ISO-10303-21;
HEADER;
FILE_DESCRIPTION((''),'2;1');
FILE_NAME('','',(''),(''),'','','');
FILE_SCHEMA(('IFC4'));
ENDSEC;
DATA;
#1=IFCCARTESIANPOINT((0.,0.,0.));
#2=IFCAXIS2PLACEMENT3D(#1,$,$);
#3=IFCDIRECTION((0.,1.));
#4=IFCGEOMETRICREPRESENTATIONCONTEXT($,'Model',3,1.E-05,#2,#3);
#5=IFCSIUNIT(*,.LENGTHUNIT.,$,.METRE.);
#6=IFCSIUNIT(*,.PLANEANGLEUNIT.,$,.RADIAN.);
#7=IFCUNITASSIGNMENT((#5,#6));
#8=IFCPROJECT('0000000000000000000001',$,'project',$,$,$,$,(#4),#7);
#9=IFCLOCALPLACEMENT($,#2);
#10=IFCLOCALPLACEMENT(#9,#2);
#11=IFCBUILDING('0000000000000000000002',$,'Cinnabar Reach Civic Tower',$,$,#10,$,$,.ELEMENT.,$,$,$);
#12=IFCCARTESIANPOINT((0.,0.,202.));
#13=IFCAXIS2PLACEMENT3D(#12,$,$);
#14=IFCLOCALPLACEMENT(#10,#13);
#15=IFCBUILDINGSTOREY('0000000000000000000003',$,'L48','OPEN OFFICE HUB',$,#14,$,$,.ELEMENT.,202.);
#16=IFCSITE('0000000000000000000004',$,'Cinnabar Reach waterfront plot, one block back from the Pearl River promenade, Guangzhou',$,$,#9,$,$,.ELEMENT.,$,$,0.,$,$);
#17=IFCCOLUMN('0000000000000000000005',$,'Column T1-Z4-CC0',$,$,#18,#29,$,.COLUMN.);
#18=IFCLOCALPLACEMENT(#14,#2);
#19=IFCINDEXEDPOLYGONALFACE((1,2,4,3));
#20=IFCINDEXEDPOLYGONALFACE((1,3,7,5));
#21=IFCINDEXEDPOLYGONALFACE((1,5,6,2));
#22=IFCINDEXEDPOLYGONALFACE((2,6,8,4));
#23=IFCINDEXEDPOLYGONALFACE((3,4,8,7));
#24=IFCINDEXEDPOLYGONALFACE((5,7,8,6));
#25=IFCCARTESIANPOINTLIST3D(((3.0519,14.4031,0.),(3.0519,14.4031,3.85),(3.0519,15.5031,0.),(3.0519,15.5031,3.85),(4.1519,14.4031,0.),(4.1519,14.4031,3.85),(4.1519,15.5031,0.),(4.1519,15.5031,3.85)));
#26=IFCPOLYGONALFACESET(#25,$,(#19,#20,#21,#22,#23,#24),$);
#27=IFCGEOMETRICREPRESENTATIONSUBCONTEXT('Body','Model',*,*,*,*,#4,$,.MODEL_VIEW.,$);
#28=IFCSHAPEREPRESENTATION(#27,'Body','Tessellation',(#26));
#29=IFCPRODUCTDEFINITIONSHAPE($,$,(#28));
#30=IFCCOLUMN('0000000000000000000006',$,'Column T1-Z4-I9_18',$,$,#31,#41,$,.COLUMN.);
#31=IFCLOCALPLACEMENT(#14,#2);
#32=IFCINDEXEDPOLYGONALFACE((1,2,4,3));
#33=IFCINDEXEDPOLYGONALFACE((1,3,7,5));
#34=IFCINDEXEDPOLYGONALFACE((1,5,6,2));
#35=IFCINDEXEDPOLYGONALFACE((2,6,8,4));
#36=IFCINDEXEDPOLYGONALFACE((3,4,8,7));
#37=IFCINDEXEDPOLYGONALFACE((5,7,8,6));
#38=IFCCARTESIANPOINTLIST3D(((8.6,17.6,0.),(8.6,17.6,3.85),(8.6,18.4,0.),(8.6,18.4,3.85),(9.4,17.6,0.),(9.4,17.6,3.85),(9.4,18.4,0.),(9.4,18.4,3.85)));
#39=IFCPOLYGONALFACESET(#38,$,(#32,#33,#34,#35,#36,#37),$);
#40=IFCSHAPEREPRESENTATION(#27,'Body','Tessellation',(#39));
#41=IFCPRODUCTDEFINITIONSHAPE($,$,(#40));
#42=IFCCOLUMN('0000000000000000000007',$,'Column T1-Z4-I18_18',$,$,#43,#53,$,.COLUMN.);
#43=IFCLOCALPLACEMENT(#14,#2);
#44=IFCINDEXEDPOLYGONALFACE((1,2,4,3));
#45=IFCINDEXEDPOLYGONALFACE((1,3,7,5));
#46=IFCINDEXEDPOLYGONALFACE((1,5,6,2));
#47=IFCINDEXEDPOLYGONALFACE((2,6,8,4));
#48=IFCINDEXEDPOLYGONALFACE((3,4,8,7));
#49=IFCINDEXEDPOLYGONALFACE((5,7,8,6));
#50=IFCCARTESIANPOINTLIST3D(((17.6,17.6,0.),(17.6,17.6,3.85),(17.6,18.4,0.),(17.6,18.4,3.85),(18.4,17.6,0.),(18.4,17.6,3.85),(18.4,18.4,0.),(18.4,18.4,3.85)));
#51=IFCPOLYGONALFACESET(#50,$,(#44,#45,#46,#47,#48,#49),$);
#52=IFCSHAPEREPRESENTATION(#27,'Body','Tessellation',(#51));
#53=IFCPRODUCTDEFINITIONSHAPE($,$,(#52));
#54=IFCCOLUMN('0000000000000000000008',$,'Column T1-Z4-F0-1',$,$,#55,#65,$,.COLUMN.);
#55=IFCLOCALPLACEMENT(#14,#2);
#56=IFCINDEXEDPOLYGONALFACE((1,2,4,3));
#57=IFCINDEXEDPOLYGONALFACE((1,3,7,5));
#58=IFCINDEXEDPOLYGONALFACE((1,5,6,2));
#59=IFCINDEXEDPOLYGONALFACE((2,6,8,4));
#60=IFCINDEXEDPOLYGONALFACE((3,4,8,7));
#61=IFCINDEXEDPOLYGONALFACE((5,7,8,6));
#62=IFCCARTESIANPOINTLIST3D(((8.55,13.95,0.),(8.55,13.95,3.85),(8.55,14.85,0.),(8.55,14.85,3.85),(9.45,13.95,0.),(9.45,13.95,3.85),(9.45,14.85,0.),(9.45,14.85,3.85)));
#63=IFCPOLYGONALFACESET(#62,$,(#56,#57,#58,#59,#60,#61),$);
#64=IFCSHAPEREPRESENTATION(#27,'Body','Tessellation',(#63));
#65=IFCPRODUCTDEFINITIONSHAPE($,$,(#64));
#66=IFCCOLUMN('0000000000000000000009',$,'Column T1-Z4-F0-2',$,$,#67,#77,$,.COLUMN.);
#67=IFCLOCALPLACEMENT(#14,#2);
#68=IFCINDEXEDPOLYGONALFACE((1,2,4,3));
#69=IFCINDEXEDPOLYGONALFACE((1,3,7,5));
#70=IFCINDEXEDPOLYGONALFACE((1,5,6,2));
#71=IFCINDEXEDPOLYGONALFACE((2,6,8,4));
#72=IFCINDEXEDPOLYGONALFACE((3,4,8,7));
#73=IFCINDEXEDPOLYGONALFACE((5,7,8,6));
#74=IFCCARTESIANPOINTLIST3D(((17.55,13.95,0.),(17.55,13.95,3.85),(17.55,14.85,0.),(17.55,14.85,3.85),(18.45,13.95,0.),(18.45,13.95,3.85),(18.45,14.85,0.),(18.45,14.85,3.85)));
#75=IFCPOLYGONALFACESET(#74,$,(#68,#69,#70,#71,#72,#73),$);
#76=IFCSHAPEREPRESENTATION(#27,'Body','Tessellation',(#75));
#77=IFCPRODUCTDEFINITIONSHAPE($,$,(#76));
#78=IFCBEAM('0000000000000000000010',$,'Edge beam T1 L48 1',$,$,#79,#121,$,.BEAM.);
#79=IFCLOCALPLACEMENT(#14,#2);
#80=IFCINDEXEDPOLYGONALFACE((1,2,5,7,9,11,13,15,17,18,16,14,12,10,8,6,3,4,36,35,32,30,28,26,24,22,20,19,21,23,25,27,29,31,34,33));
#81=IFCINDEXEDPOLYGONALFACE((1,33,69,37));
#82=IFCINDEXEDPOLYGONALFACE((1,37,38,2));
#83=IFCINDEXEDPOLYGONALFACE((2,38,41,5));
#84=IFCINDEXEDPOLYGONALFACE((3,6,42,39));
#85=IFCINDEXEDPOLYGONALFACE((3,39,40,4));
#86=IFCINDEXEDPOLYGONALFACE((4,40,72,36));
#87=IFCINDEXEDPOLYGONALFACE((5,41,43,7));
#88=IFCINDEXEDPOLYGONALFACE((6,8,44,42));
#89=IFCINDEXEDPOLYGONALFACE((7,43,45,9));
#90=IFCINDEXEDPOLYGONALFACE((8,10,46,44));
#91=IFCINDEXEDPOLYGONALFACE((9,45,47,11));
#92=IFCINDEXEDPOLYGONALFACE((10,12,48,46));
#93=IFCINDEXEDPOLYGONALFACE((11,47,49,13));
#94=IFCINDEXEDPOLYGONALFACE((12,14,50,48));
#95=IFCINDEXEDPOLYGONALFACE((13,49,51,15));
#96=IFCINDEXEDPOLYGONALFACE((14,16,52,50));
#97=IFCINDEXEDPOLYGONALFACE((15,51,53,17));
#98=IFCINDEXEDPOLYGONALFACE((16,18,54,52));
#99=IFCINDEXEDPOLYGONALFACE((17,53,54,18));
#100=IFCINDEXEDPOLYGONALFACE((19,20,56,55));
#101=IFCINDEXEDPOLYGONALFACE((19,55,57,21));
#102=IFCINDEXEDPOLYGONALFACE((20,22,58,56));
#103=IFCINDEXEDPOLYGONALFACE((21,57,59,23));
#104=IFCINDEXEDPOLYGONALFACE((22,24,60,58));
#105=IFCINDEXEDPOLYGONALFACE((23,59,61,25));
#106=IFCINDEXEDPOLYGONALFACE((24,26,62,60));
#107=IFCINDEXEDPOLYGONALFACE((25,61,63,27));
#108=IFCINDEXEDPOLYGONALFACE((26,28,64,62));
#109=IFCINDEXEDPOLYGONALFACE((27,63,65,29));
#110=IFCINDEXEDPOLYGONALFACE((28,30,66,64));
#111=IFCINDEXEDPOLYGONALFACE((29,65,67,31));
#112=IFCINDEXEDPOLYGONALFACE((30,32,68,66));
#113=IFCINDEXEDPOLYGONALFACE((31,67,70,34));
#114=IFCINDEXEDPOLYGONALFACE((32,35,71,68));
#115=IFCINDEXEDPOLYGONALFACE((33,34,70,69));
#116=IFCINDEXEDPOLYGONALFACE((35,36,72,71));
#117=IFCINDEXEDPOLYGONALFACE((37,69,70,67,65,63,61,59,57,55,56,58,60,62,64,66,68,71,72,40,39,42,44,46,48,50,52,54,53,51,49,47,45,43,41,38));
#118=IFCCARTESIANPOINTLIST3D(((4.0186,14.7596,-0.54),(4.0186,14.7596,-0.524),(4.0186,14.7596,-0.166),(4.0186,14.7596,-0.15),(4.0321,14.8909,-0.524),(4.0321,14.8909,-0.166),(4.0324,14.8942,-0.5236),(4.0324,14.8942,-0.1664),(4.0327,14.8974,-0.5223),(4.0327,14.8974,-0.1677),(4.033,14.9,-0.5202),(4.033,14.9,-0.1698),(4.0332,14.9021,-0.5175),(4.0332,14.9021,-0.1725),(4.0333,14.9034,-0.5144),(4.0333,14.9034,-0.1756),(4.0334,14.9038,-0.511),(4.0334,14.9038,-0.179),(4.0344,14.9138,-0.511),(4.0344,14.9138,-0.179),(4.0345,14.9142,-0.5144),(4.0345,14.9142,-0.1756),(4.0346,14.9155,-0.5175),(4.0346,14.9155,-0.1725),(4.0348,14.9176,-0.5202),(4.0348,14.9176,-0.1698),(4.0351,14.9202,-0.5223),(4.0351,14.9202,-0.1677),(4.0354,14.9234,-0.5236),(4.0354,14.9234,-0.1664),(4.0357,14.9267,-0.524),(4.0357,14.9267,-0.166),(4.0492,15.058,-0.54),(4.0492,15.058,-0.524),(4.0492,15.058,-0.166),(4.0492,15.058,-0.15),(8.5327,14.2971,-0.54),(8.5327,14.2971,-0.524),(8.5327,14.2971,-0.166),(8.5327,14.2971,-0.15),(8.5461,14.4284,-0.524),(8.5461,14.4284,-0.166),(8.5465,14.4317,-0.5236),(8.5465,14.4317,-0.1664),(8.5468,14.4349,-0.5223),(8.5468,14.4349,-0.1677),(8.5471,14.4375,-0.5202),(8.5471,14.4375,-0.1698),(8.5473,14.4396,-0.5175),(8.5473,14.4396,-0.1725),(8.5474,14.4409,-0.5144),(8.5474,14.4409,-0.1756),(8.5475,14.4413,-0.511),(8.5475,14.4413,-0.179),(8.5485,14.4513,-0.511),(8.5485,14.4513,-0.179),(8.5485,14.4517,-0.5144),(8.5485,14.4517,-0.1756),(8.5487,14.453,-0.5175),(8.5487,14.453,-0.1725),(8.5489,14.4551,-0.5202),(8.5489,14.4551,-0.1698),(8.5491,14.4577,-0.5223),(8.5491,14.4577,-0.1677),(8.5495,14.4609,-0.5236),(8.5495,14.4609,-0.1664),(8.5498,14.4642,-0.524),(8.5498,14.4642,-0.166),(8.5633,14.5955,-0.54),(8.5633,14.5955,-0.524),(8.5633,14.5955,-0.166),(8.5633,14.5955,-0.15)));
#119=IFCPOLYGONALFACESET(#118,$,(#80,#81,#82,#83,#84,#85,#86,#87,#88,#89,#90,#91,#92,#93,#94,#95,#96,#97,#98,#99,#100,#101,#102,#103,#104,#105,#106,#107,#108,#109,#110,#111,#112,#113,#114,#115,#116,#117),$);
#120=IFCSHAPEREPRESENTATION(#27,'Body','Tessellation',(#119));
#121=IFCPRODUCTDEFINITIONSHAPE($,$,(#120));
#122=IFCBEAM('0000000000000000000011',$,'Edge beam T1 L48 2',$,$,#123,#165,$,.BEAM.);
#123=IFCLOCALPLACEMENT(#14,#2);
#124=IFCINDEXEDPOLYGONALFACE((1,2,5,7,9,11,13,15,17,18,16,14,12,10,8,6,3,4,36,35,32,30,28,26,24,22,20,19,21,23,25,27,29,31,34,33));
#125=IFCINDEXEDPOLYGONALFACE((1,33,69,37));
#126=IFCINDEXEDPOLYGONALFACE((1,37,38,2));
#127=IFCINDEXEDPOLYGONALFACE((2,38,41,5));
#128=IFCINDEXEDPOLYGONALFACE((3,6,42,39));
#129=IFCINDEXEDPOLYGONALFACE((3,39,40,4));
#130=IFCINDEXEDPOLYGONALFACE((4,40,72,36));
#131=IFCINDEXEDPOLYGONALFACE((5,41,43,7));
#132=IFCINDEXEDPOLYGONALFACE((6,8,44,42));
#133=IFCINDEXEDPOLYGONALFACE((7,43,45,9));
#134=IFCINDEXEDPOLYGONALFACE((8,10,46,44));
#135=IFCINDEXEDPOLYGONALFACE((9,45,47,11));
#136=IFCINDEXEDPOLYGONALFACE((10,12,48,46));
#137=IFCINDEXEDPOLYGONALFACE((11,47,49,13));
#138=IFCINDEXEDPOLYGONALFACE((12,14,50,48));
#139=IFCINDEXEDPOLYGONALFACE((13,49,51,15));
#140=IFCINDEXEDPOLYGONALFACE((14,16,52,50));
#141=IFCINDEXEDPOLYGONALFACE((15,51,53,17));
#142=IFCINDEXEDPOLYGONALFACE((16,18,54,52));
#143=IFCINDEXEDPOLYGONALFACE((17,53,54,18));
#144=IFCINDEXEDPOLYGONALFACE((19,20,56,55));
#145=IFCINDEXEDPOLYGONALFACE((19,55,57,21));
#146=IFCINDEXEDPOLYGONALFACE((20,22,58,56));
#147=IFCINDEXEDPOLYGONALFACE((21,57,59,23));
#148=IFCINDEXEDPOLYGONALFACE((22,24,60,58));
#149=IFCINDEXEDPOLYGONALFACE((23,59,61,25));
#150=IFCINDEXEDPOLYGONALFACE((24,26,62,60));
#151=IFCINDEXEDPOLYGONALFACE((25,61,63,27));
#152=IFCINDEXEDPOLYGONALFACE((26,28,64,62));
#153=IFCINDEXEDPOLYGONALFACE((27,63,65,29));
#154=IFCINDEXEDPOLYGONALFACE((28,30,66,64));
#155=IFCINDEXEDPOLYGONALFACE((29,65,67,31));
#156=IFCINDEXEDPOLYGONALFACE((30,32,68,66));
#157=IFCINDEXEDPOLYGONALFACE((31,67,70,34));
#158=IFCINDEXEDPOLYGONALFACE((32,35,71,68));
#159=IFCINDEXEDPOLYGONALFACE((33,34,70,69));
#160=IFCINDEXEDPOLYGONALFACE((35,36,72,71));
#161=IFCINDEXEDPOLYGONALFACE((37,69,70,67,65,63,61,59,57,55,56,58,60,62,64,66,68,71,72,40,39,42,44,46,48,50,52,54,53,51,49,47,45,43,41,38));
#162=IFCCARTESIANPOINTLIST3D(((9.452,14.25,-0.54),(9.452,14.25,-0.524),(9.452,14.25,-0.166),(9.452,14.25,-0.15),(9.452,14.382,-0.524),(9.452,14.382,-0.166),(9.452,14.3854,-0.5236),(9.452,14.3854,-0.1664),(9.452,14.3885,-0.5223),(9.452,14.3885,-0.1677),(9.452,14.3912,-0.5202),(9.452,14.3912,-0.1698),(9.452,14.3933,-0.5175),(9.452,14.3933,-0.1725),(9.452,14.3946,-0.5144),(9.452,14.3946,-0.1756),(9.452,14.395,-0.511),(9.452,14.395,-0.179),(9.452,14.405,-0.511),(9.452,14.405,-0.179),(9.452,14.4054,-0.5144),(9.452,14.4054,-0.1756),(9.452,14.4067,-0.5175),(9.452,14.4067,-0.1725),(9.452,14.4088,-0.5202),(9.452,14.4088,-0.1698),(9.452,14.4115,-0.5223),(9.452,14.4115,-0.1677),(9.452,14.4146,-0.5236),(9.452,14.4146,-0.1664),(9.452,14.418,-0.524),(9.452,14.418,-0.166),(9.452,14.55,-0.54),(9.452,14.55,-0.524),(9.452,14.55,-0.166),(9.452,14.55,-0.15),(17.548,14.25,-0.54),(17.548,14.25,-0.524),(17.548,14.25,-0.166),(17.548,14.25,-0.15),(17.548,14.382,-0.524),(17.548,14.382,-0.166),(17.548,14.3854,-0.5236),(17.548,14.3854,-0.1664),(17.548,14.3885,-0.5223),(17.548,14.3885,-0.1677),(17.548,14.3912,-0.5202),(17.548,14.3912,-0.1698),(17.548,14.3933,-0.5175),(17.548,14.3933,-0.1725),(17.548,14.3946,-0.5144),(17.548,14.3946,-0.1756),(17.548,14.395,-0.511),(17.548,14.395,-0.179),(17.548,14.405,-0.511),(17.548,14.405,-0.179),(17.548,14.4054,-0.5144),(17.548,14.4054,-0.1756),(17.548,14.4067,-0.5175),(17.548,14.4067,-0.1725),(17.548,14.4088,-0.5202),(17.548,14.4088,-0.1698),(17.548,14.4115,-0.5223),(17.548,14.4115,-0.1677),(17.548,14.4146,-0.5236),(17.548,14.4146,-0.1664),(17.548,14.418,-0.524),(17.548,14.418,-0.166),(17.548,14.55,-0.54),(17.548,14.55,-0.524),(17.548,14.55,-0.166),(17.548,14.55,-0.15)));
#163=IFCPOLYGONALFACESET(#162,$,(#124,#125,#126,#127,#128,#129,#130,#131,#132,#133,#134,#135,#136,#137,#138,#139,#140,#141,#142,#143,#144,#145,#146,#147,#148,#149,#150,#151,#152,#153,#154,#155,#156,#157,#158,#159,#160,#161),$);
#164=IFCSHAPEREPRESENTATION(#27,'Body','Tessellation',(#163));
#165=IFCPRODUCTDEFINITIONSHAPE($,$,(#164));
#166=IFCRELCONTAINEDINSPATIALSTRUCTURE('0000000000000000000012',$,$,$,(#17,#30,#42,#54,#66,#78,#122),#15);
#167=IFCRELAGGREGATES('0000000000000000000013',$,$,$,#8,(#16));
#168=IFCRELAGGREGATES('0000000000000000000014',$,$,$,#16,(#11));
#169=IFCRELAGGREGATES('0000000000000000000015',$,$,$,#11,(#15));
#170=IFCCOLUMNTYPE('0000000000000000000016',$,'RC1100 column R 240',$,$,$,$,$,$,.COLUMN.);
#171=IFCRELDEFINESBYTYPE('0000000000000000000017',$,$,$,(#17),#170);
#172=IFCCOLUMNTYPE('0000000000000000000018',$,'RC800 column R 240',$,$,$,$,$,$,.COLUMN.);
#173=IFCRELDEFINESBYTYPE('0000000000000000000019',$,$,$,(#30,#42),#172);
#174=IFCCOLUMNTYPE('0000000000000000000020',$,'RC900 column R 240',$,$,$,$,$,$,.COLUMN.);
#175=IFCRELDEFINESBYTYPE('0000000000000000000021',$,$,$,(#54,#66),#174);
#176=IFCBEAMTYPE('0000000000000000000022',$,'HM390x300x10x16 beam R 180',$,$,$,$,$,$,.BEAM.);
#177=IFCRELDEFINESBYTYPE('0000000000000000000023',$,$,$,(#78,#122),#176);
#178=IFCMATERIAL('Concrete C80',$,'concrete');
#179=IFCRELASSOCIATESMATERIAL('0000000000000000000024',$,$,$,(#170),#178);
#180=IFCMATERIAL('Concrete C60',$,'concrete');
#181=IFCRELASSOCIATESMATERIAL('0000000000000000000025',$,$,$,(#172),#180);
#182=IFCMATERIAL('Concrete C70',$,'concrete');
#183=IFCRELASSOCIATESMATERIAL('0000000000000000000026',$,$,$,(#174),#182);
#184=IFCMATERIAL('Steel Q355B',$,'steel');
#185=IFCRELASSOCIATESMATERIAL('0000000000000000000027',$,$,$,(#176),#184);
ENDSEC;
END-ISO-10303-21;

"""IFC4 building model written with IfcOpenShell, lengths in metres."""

from ifc_helpers import new_model, si_unit, direction, frame, origin, origin_2d, place, context, subcontext, project, spatial, rectangle, i_section, extrude, material, material_profile, profile_set, type_object, element, save


model = new_model("IFC4")

# Units and contexts
model_context = context("Model", 3, precision=1e-05, world=origin(), true_north=direction((0.0, 1.0)))
body_context = subcontext(model_context, "Body", "Model", "MODEL_VIEW")
ifc_project = project(units=[si_unit("LENGTHUNIT", "METRE"), si_unit("PLANEANGLEUNIT", "RADIAN")], contexts=[model_context])

# Site, building, storey
site_placement = place(None, origin())
site = spatial("IfcSite", under=ifc_project, at=site_placement, Name="Cinnabar Reach waterfront plot, one block back from the Pearl River promenade, Guangzhou", CompositionType="ELEMENT", RefElevation=0.0)
building_placement = place(site_placement, origin())
building = spatial("IfcBuilding", under=site, at=building_placement, Name="Cinnabar Reach Civic Tower", CompositionType="ELEMENT")
storey_placement = place(building_placement, frame((0.0, 0.0, 202.0)))
storey = spatial("IfcBuildingStorey", under=building, at=storey_placement, Name="L48", Description="OPEN OFFICE HUB", CompositionType="ELEMENT", Elevation=202.0)

# Columns
ifc_material_1 = material(Name="Concrete C80", Category="concrete")
ifc_material_profile_1 = material_profile(ifc_material_1, rectangle(XDim=1.1, YDim=1.1, at=origin_2d()), Name="RC1100")
ifc_profile_set_1 = profile_set([ifc_material_profile_1], Name="Concrete C80")
column_type_1 = type_object("IfcColumnType", Name="RC1100 column R 240", PredefinedType="COLUMN", material=ifc_profile_set_1)
column_placement = place(storey_placement, frame((3.6019, 14.9531, 0.0), z_axis=(0.0, 0.0, 1.0), x_axis=(1.0, 0.0, 0.0)))
element("IfcColumn", 1, at=column_placement, inside=storey, type_object=column_type_1, Name="Column T1-Z4-CC0", PredefinedType="COLUMN", context=body_context, shape_type="SweptSolid", body=[
    extrude(rectangle(XDim=1.1, YDim=1.1, at=origin_2d()), origin(), (0.0, 0.0, 1.0), 3.85),
])
ifc_material_2 = material(Name="Concrete C60", Category="concrete")
ifc_material_profile_2 = material_profile(ifc_material_2, rectangle(XDim=0.8, YDim=0.8, at=origin_2d()), Name="RC800")
ifc_profile_set_2 = profile_set([ifc_material_profile_2], Name="Concrete C60")
column_type_2 = type_object("IfcColumnType", Name="RC800 column R 240", PredefinedType="COLUMN", material=ifc_profile_set_2)
for number, where, z_axis, x_axis, name in (
    (2, (9.0, 18.0, 0.0), (0.0, 0.0, 1.0), (1.0, 0.0, 0.0), "Column T1-Z4-I9_18"),
    (3, (18.0, 18.0, 0.0), (0.0, 0.0, 1.0), (1.0, 0.0, 0.0), "Column T1-Z4-I18_18"),
):
    element("IfcColumn", number, at=place(storey_placement, frame(where, z_axis=z_axis, x_axis=x_axis)), inside=storey, type_object=column_type_2, Name=name, PredefinedType="COLUMN", context=body_context, shape_type="SweptSolid", body=[
        extrude(rectangle(XDim=0.8, YDim=0.8, at=origin_2d()), origin(), (0.0, 0.0, 1.0), 3.85),
    ])
ifc_material_3 = material(Name="Concrete C70", Category="concrete")
ifc_material_profile_3 = material_profile(ifc_material_3, rectangle(XDim=0.9, YDim=0.9, at=origin_2d()), Name="RC900")
ifc_profile_set_3 = profile_set([ifc_material_profile_3], Name="Concrete C70")
column_type_3 = type_object("IfcColumnType", Name="RC900 column R 240", PredefinedType="COLUMN", material=ifc_profile_set_3)
for number, where, z_axis, x_axis, name in (
    (4, (9.0, 14.4, 0.0), (0.0, 0.0, 1.0), (1.0, 0.0, 0.0), "Column T1-Z4-F0-1"),
    (5, (18.0, 14.4, 0.0), (0.0, 0.0, 1.0), (1.0, 0.0, 0.0), "Column T1-Z4-F0-2"),
):
    element("IfcColumn", number, at=place(storey_placement, frame(where, z_axis=z_axis, x_axis=x_axis)), inside=storey, type_object=column_type_3, Name=name, PredefinedType="COLUMN", context=body_context, shape_type="SweptSolid", body=[
        extrude(rectangle(XDim=0.9, YDim=0.9, at=origin_2d()), origin(), (0.0, 0.0, 1.0), 3.85),
    ])

# Beams
ifc_material_4 = material(Name="Steel Q355B", Category="steel")
ifc_material_profile_4 = material_profile(ifc_material_4, i_section(OverallWidth=0.3, OverallDepth=0.39, WebThickness=0.01, FlangeThickness=0.016, FilletRadius=0.013, at=origin_2d()), Name="HM390x300x10x16")
ifc_profile_set_4 = profile_set([ifc_material_profile_4], Name="Steel Q355B")
beam_type_1 = type_object("IfcBeamType", Name="HM390x300x10x16 beam R 180", PredefinedType="BEAM", material=ifc_profile_set_4)
beam_1_placement = place(storey_placement, frame((4.0339, 14.9088, -0.345), z_axis=(0.994792, -0.101923, 0.0), x_axis=(0.101923, 0.994792, 0.0)))
element("IfcBeam", 6, at=beam_1_placement, inside=storey, type_object=beam_type_1, Name="Edge beam T1 L48 1", PredefinedType="BEAM", context=body_context, shape_type="SweptSolid", body=[
    extrude(i_section(OverallWidth=0.3, OverallDepth=0.39, WebThickness=0.01, FlangeThickness=0.016, FilletRadius=0.013, at=origin_2d()), origin(), (0.0, 0.0, 1.0), 4.5377),
])
beam_2_placement = place(storey_placement, frame((9.452, 14.4, -0.345), z_axis=(1.0, 0.0, 0.0), x_axis=(0.0, 1.0, 0.0)))
element("IfcBeam", 7, at=beam_2_placement, inside=storey, type_object=beam_type_1, Name="Edge beam T1 L48 2", PredefinedType="BEAM", context=body_context, shape_type="SweptSolid", body=[
    extrude(i_section(OverallWidth=0.3, OverallDepth=0.39, WebThickness=0.01, FlangeThickness=0.016, FilletRadius=0.013, at=origin_2d()), origin(), (0.0, 0.0, 1.0), 8.096),
])

save(model, "model.ifc")
